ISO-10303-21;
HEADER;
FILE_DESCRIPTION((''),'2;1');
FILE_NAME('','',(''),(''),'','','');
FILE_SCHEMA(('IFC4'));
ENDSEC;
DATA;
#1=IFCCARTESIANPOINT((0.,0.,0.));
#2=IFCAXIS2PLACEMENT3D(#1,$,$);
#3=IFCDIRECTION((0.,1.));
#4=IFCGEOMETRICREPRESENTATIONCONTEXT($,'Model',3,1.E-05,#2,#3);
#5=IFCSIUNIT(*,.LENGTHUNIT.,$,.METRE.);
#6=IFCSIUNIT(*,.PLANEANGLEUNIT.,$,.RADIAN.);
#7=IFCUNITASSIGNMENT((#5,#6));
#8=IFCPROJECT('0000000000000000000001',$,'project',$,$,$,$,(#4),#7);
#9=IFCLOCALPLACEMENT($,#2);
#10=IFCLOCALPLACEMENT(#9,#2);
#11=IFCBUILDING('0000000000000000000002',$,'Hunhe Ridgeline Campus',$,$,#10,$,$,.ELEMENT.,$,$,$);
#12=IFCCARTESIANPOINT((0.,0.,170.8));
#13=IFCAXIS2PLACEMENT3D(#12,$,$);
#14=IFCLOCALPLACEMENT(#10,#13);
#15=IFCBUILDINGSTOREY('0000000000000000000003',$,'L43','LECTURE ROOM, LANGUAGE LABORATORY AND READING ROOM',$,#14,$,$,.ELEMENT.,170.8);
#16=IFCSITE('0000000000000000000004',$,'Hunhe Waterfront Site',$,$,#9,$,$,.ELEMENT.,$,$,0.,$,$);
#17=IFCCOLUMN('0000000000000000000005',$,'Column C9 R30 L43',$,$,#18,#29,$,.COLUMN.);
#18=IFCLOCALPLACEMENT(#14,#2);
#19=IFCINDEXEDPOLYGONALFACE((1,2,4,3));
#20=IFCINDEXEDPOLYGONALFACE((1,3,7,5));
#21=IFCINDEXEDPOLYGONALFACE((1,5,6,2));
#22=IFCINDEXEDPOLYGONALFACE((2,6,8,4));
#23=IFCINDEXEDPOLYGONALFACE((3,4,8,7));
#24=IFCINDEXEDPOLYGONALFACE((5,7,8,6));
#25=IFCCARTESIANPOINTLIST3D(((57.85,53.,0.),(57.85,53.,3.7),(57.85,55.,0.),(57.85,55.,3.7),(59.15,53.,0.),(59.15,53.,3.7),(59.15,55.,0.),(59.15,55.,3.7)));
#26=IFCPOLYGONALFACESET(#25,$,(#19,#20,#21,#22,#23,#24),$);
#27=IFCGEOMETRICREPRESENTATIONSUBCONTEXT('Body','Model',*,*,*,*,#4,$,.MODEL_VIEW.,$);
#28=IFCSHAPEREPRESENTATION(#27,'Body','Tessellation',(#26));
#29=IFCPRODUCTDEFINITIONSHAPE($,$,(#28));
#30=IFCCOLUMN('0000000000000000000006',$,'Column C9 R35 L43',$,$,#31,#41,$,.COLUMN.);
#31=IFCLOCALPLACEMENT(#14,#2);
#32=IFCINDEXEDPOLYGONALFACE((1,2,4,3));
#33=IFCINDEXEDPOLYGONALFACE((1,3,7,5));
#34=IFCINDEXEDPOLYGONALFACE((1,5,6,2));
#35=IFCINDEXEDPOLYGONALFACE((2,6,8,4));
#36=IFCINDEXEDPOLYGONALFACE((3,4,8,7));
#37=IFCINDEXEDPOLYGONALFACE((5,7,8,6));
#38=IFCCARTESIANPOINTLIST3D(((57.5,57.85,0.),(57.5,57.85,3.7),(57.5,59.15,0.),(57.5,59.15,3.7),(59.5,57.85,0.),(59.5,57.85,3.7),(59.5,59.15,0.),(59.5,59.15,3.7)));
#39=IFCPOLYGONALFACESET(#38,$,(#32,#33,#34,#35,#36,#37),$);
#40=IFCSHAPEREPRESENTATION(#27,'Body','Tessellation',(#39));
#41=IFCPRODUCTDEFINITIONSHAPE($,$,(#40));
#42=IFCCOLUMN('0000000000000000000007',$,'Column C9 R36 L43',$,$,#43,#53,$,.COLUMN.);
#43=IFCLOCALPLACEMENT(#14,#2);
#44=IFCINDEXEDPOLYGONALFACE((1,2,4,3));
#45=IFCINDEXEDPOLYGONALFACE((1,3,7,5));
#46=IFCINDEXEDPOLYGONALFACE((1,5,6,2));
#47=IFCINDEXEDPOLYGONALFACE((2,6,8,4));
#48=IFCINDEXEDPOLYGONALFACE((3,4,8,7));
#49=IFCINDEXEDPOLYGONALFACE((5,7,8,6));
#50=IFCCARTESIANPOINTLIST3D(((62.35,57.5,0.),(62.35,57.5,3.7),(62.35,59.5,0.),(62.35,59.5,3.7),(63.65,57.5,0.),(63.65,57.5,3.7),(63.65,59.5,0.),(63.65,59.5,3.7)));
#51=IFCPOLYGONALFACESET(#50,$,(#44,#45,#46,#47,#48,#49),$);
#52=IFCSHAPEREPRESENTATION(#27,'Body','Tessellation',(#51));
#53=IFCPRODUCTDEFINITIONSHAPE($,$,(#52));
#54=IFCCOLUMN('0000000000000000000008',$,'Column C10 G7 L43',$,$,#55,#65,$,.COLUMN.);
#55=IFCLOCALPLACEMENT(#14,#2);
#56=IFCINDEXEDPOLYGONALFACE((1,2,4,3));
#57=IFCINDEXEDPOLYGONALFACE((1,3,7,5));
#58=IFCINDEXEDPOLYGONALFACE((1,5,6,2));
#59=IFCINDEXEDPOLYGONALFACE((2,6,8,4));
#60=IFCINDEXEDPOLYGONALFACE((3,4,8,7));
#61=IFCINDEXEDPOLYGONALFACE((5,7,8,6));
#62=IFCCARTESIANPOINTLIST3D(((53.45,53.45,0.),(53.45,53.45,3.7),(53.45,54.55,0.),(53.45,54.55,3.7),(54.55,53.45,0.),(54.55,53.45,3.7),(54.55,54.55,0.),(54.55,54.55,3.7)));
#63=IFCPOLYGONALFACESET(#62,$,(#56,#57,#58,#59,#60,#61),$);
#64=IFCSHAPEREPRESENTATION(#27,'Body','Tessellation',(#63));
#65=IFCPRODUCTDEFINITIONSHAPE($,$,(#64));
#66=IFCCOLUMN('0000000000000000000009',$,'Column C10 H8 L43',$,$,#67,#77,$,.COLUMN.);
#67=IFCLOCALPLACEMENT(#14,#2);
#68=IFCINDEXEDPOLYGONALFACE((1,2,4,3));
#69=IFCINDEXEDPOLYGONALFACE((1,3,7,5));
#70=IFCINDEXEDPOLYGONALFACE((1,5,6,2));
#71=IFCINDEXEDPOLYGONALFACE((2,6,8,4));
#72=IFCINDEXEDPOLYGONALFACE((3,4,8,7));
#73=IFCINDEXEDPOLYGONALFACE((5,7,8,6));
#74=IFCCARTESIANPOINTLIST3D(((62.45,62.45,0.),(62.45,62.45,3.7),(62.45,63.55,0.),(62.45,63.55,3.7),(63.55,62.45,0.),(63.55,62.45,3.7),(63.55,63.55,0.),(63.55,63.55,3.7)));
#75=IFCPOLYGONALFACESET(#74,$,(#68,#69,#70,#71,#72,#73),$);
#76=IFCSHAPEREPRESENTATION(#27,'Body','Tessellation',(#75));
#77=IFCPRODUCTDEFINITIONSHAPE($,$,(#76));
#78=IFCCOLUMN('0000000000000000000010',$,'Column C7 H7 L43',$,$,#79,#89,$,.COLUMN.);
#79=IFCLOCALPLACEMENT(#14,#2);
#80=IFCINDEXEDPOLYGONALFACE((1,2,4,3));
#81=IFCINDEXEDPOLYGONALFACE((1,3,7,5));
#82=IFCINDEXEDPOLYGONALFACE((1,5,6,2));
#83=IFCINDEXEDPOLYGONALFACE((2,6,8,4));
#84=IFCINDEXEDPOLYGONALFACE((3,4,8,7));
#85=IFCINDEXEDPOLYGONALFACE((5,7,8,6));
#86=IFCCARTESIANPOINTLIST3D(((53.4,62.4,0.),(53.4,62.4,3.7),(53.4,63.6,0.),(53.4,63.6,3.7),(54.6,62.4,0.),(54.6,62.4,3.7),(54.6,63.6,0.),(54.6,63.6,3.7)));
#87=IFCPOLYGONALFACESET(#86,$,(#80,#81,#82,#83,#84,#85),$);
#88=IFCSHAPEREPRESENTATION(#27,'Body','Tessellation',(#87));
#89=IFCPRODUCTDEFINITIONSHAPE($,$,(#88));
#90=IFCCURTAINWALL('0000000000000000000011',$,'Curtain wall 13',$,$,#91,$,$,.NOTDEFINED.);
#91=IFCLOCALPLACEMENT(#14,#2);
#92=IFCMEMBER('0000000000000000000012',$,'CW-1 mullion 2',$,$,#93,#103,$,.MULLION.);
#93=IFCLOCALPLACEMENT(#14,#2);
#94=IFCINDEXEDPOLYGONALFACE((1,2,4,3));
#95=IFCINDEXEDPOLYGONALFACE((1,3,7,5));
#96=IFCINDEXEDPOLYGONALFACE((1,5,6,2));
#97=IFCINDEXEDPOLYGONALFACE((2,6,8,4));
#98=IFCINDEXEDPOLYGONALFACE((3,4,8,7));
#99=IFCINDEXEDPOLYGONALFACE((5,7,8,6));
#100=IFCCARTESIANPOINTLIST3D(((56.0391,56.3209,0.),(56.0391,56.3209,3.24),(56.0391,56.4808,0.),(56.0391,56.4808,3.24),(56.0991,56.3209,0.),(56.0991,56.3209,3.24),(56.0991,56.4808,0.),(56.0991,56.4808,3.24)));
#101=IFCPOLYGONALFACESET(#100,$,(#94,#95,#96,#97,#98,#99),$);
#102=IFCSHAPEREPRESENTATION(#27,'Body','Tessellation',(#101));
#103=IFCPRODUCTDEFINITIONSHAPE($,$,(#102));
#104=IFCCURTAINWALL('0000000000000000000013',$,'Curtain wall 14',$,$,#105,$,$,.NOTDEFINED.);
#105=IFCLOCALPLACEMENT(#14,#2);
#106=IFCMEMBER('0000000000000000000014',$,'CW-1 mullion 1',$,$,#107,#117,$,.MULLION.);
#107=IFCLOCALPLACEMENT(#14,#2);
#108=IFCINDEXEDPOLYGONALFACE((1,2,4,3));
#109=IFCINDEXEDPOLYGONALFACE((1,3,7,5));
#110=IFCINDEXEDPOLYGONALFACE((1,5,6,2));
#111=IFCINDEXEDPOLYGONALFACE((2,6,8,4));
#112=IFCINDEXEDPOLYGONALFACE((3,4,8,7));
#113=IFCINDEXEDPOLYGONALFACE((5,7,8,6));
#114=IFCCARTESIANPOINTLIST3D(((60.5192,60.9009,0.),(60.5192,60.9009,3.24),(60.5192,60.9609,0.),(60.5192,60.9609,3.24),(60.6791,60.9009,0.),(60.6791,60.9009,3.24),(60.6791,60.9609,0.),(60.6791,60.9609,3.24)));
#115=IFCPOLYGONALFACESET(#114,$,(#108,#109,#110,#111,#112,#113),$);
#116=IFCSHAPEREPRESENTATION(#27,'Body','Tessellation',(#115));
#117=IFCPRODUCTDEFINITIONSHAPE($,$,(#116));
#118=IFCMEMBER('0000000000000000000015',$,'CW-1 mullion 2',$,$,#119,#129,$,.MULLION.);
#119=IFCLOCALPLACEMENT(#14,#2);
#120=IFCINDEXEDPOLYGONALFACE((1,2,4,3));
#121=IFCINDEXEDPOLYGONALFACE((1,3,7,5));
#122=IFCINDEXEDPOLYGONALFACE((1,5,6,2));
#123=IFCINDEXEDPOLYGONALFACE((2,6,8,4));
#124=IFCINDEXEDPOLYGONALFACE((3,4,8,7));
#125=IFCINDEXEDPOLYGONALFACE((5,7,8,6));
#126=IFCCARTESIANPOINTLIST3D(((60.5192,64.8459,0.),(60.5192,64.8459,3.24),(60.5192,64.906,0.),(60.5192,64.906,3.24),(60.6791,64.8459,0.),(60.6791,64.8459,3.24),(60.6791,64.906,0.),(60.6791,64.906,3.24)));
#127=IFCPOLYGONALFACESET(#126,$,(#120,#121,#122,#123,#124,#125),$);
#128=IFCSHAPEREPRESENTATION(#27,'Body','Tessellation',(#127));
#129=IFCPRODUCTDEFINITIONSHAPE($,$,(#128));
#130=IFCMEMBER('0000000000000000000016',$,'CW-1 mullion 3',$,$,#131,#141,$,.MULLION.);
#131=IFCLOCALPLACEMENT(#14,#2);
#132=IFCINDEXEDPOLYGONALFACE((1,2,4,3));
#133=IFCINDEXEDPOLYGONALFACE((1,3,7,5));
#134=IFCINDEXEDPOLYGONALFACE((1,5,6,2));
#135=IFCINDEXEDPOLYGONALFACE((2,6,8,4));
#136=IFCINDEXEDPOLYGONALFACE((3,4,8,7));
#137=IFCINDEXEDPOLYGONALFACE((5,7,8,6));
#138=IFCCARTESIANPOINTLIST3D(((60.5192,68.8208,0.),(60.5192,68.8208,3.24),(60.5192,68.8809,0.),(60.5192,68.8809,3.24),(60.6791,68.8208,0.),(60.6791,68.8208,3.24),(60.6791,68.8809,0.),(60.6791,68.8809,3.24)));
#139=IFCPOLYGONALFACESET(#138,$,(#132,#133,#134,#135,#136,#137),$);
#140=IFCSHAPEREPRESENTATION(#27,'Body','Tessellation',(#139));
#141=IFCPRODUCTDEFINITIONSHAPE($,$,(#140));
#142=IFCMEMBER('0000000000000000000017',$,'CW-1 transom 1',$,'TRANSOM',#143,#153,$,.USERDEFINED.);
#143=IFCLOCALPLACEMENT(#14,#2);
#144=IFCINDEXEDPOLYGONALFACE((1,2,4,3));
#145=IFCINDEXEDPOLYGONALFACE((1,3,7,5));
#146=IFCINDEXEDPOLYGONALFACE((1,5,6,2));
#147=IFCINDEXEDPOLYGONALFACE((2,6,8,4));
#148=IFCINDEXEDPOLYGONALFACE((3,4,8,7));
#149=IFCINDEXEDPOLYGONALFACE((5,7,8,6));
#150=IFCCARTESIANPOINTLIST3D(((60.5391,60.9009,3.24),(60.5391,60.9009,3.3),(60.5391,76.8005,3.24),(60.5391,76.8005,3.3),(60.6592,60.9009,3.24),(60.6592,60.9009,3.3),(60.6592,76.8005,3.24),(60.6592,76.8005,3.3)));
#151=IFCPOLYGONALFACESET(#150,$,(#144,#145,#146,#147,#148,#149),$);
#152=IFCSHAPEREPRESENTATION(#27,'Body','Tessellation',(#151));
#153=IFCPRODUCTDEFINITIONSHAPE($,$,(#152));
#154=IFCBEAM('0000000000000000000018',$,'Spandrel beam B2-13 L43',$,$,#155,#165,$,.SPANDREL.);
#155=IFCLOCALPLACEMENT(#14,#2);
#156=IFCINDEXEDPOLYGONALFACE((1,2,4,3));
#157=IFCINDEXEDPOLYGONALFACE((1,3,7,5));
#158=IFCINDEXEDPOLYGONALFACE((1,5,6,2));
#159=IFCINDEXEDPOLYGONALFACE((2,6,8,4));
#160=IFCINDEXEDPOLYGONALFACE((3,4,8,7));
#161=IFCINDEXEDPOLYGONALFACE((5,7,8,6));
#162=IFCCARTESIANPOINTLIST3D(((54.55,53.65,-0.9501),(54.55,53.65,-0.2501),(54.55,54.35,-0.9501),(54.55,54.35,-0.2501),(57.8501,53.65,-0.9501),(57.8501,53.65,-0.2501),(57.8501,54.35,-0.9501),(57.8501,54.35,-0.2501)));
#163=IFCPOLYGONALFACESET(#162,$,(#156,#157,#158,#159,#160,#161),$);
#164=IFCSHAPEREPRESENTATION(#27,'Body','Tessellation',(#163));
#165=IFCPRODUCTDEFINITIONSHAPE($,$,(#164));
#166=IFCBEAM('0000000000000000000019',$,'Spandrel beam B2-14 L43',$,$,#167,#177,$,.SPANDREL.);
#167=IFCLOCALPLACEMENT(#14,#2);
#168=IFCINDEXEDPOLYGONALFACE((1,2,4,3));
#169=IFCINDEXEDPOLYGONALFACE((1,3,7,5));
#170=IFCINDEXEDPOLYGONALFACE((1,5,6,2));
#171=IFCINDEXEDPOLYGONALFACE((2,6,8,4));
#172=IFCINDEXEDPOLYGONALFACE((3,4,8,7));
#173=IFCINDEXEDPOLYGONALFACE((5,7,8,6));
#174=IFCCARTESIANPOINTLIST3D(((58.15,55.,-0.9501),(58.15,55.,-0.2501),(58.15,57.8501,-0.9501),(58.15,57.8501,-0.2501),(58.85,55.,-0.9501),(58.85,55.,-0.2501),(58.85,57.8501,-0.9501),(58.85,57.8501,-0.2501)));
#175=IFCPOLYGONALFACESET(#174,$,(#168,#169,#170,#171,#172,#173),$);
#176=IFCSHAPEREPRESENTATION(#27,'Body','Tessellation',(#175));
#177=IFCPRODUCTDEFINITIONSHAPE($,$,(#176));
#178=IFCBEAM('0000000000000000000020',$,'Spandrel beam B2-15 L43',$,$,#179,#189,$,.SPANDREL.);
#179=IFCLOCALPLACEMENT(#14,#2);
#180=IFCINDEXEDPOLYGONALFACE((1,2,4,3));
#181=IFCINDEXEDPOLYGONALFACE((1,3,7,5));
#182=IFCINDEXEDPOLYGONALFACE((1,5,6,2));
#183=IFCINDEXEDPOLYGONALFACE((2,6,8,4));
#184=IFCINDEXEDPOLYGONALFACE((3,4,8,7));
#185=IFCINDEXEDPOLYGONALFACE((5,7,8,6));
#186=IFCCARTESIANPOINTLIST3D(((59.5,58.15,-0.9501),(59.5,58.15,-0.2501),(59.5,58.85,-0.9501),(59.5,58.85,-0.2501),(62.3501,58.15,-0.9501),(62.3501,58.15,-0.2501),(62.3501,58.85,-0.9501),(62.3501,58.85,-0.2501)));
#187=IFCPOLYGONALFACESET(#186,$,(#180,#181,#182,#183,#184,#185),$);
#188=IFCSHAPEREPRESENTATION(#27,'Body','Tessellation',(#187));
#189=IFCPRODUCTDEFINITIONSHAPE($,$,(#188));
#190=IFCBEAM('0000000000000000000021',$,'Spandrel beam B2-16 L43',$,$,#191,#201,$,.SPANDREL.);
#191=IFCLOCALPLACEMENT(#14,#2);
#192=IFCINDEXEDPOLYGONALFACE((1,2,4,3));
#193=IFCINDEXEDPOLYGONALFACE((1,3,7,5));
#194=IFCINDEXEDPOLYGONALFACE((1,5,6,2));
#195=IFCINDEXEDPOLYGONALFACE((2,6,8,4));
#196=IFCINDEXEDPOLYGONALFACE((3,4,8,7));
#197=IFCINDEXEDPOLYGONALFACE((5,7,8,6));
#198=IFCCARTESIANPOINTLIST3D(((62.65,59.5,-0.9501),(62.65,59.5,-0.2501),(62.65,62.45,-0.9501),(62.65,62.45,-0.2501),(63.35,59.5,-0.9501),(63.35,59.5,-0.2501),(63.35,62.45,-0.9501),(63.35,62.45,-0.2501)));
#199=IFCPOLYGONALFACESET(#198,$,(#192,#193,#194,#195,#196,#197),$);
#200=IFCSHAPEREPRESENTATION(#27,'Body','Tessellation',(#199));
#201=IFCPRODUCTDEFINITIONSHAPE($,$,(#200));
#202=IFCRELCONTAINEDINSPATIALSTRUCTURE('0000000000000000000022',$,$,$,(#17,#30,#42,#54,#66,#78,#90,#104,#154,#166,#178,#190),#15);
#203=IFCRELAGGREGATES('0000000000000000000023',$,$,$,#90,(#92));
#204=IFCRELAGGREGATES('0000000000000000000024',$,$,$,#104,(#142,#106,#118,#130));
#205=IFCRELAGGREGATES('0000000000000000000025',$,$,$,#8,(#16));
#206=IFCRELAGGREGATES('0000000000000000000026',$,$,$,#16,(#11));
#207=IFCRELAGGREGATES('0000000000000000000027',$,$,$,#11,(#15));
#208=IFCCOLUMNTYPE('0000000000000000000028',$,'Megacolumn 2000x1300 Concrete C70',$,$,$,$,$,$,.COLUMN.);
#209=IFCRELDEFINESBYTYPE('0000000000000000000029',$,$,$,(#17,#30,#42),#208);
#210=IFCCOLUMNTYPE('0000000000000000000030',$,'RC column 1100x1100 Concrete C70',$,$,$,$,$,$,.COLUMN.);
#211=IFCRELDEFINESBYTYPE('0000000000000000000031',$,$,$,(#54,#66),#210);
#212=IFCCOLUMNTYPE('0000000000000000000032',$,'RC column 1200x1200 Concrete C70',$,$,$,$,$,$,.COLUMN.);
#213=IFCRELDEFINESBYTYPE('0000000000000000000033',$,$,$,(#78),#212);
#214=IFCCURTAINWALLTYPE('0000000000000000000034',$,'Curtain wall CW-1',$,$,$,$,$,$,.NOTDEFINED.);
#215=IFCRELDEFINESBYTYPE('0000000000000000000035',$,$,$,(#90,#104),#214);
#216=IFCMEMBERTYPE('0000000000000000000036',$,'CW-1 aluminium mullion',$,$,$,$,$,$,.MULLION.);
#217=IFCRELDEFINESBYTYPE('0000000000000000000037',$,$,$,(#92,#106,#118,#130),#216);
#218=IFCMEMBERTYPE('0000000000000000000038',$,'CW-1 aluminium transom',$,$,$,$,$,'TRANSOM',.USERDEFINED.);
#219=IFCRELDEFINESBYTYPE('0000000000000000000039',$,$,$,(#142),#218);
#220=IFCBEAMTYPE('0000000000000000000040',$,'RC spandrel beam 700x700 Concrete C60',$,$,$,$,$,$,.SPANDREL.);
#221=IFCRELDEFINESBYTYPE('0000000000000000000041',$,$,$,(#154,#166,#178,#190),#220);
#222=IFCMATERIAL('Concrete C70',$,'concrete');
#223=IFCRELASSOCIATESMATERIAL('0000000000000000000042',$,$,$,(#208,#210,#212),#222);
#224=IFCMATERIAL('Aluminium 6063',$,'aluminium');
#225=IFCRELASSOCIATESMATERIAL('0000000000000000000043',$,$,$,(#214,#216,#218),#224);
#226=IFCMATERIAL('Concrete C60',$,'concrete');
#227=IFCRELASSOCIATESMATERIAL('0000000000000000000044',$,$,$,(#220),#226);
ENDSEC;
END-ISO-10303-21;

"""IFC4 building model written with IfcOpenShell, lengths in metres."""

from ifc_helpers import new_model, si_unit, direction, frame, origin, origin_2d, place, context, subcontext, project, spatial, rectangle, extrude, material, material_profile, profile_set, type_object, element, aggregate, save


model = new_model("IFC4")

# Units and contexts
model_context = context("Model", 3, precision=1e-05, world=origin(), true_north=direction((0.0, 1.0)))
body_context = subcontext(model_context, "Body", "Model", "MODEL_VIEW")
ifc_project = project(units=[si_unit("LENGTHUNIT", "METRE"), si_unit("PLANEANGLEUNIT", "RADIAN")], contexts=[model_context])

# Site, building, storey
site_placement = place(None, origin())
site = spatial("IfcSite", under=ifc_project, at=site_placement, Name="Hunhe Waterfront Site", CompositionType="ELEMENT", RefElevation=0.0)
building_placement = place(site_placement, origin())
building = spatial("IfcBuilding", under=site, at=building_placement, Name="Hunhe Ridgeline Campus", CompositionType="ELEMENT")
storey_placement = place(building_placement, frame((0.0, 0.0, 170.8)))
storey = spatial("IfcBuildingStorey", under=building, at=storey_placement, Name="L43", Description="LECTURE ROOM, LANGUAGE LABORATORY AND READING ROOM", CompositionType="ELEMENT", Elevation=170.8)

# Columns
ifc_material_1 = material(Name="Concrete C70", Category="concrete")
ifc_material_profile_1 = material_profile(ifc_material_1, rectangle(XDim=2.0, YDim=1.3, at=origin_2d()))
ifc_profile_set_1 = profile_set([ifc_material_profile_1], Name="Concrete C70")
column_type_1 = type_object("IfcColumnType", Name="Megacolumn 2000x1300 Concrete C70", PredefinedType="COLUMN", material=ifc_profile_set_1)
for number, where, z_axis, x_axis, name in (
    (1, (58.5, 54.0, 0.0), (0.0, 0.0, 1.0), (0.0, 1.0, 0.0), "Column C9 R30 L43"),
    (2, (58.5, 58.5, 0.0), (0.0, 0.0, 1.0), (1.0, 0.0, 0.0), "Column C9 R35 L43"),
    (3, (63.0, 58.5, 0.0), (0.0, 0.0, 1.0), (0.0, 1.0, 0.0), "Column C9 R36 L43"),
):
    element("IfcColumn", number, at=place(storey_placement, frame(where, z_axis=z_axis, x_axis=x_axis)), inside=storey, type_object=column_type_1, Name=name, PredefinedType="COLUMN", context=body_context, shape_type="SweptSolid", body=[
        extrude(rectangle(XDim=2.0, YDim=1.3, at=origin_2d()), origin(), (0.0, 0.0, 1.0), 3.7),
    ])
ifc_material_profile_2 = material_profile(ifc_material_1, rectangle(XDim=1.1001, YDim=1.1001, at=origin_2d()))
ifc_profile_set_2 = profile_set([ifc_material_profile_2], Name="Concrete C70")
column_type_2 = type_object("IfcColumnType", Name="RC column 1100x1100 Concrete C70", PredefinedType="COLUMN", material=ifc_profile_set_2)
for number, where, z_axis, x_axis, name in (
    (4, (54.0, 54.0, 0.0), (0.0, 0.0, 1.0), (1.0, 0.0, 0.0), "Column C10 G7 L43"),
    (5, (63.0, 63.0, 0.0), (0.0, 0.0, 1.0), (1.0, 0.0, 0.0), "Column C10 H8 L43"),
):
    element("IfcColumn", number, at=place(storey_placement, frame(where, z_axis=z_axis, x_axis=x_axis)), inside=storey, type_object=column_type_2, Name=name, PredefinedType="COLUMN", context=body_context, shape_type="SweptSolid", body=[
        extrude(rectangle(XDim=1.1001, YDim=1.1001, at=origin_2d()), origin(), (0.0, 0.0, 1.0), 3.7),
    ])
ifc_material_profile_3 = material_profile(ifc_material_1, rectangle(XDim=1.2, YDim=1.2, at=origin_2d()))
ifc_profile_set_3 = profile_set([ifc_material_profile_3], Name="Concrete C70")
column_type_3 = type_object("IfcColumnType", Name="RC column 1200x1200 Concrete C70", PredefinedType="COLUMN", material=ifc_profile_set_3)
column_placement = place(storey_placement, frame((54.0, 63.0, 0.0), z_axis=(0.0, 0.0, 1.0), x_axis=(1.0, 0.0, 0.0)))
element("IfcColumn", 6, at=column_placement, inside=storey, type_object=column_type_3, Name="Column C7 H7 L43", PredefinedType="COLUMN", context=body_context, shape_type="SweptSolid", body=[
    extrude(rectangle(XDim=1.2, YDim=1.2, at=origin_2d()), origin(), (0.0, 0.0, 1.0), 3.7),
])

# Curtain wall, member
ifc_material_2 = material(Name="Aluminium 6063", Category="aluminium")
curtain_wall_type = type_object("IfcCurtainWallType", Name="Curtain wall CW-1", PredefinedType="NOTDEFINED", material=ifc_material_2)
curtain_wall_1_placement = place(storey_placement, origin())
curtain_wall_1 = element("IfcCurtainWall", 7, at=curtain_wall_1_placement, inside=storey, type_object=curtain_wall_type, Name="Curtain wall 13", PredefinedType="NOTDEFINED")
ifc_material_profile_4 = material_profile(ifc_material_2, rectangle(XDim=0.1599, YDim=0.0601, at=origin_2d()))
ifc_profile_set_4 = profile_set([ifc_material_profile_4], Name="Aluminium 6063")
member_type_1 = type_object("IfcMemberType", Name="CW-1 aluminium mullion", PredefinedType="MULLION", material=ifc_profile_set_4)
member_1_placement = place(storey_placement, frame((56.0691, 56.4009, 0.0), z_axis=(0.0, 0.0, 1.0), x_axis=(-0.000002, 1.0, 0.0)))
member_1 = element("IfcMember", 8, at=member_1_placement, type_object=member_type_1, Name="CW-1 mullion 2", PredefinedType="MULLION", context=body_context, shape_type="SweptSolid", body=[
    extrude(rectangle(XDim=0.1599, YDim=0.0601, at=origin_2d()), origin(), (0.0, 0.0, 1.0), 3.24),
])

# Curtain wall, members
curtain_wall_2_placement = place(storey_placement, origin())
curtain_wall_2 = element("IfcCurtainWall", 9, at=curtain_wall_2_placement, inside=storey, type_object=curtain_wall_type, Name="Curtain wall 14", PredefinedType="NOTDEFINED")
member_2_placement = place(storey_placement, frame((60.5991, 60.9309, 0.0), z_axis=(0.0, 0.0, 1.0), x_axis=(-1.0, 0.0, 0.0)))
member_2 = element("IfcMember", 10, at=member_2_placement, type_object=member_type_1, Name="CW-1 mullion 1", PredefinedType="MULLION", context=body_context, shape_type="SweptSolid", body=[
    extrude(rectangle(XDim=0.1599, YDim=0.0601, at=origin_2d()), origin(), (0.0, 0.0, 1.0), 3.24),
])
member_3_placement = place(storey_placement, frame((60.5991, 64.876, 0.0), z_axis=(0.0, 0.0, 1.0), x_axis=(-1.0, 0.0, 0.0)))
member_3 = element("IfcMember", 11, at=member_3_placement, type_object=member_type_1, Name="CW-1 mullion 2", PredefinedType="MULLION", context=body_context, shape_type="SweptSolid", body=[
    extrude(rectangle(XDim=0.1599, YDim=0.0601, at=origin_2d()), origin(), (0.0, 0.0, 1.0), 3.24),
])
member_4_placement = place(storey_placement, frame((60.5991, 68.8508, 0.0), z_axis=(0.0, 0.0, 1.0), x_axis=(-1.0, 0.0, 0.0)))
member_4 = element("IfcMember", 12, at=member_4_placement, type_object=member_type_1, Name="CW-1 mullion 3", PredefinedType="MULLION", context=body_context, shape_type="SweptSolid", body=[
    extrude(rectangle(XDim=0.1599, YDim=0.0601, at=origin_2d()), origin(), (0.0, 0.0, 1.0), 3.24),
])
ifc_material_profile_5 = material_profile(ifc_material_2, rectangle(XDim=0.1201, YDim=0.0601, at=origin_2d()))
ifc_profile_set_5 = profile_set([ifc_material_profile_5], Name="Aluminium 6063")
member_type_2 = type_object("IfcMemberType", Name="CW-1 aluminium transom", ElementType="TRANSOM", PredefinedType="USERDEFINED", material=ifc_profile_set_5)
member_5_placement = place(storey_placement, frame((60.5991, 60.9009, 3.27), z_axis=(0.0, 1.0, 0.0), x_axis=(-1.0, 0.0, 0.0)))
member_5 = element("IfcMember", 13, at=member_5_placement, type_object=member_type_2, Name="CW-1 transom 1", ObjectType="TRANSOM", PredefinedType="USERDEFINED", context=body_context, shape_type="SweptSolid", body=[
    extrude(rectangle(XDim=0.1201, YDim=0.0601, at=origin_2d()), origin(), (0.0, 0.0, 1.0), 15.8997),
])

# Beams
ifc_material_3 = material(Name="Concrete C60", Category="concrete")
ifc_material_profile_6 = material_profile(ifc_material_3, rectangle(XDim=0.7, YDim=0.7, at=origin_2d()))
ifc_profile_set_6 = profile_set([ifc_material_profile_6], Name="Concrete C60")
beam_type = type_object("IfcBeamType", Name="RC spandrel beam 700x700 Concrete C60", PredefinedType="SPANDREL", material=ifc_profile_set_6)
beam_1_placement = place(storey_placement, frame((54.55, 54.0, -0.6001), z_axis=(1.0, 0.0, 0.0), x_axis=(0.0, 1.0, 0.0)))
element("IfcBeam", 14, at=beam_1_placement, inside=storey, type_object=beam_type, Name="Spandrel beam B2-13 L43", PredefinedType="SPANDREL", context=body_context, shape_type="SweptSolid", body=[
    extrude(rectangle(XDim=0.7, YDim=0.7, at=origin_2d()), origin(), (0.0, 0.0, 1.0), 3.3),
])
for number, where, z_axis, x_axis, name in (
    (15, (58.5, 55.0, -0.6001), (0.0, 1.0, 0.0), (-1.0, 0.0, 0.0), "Spandrel beam B2-14 L43"),
    (16, (59.5, 58.5, -0.6001), (1.0, 0.0, 0.0), (0.0, 1.0, 0.0), "Spandrel beam B2-15 L43"),
):
    element("IfcBeam", number, at=place(storey_placement, frame(where, z_axis=z_axis, x_axis=x_axis)), inside=storey, type_object=beam_type, Name=name, PredefinedType="SPANDREL", context=body_context, shape_type="SweptSolid", body=[
        extrude(rectangle(XDim=0.7, YDim=0.7, at=origin_2d()), origin(), (0.0, 0.0, 1.0), 2.8501),
    ])
beam_2_placement = place(storey_placement, frame((63.0, 59.5, -0.6001), z_axis=(0.0, 1.0, 0.0), x_axis=(-1.0, 0.0, 0.0)))
element("IfcBeam", 17, at=beam_2_placement, inside=storey, type_object=beam_type, Name="Spandrel beam B2-16 L43", PredefinedType="SPANDREL", context=body_context, shape_type="SweptSolid", body=[
    extrude(rectangle(XDim=0.7, YDim=0.7, at=origin_2d()), origin(), (0.0, 0.0, 1.0), 2.95),
])

aggregate(curtain_wall_1, [member_1])
aggregate(curtain_wall_2, [member_5, member_2, member_3, member_4])

save(model, "model.ifc")
